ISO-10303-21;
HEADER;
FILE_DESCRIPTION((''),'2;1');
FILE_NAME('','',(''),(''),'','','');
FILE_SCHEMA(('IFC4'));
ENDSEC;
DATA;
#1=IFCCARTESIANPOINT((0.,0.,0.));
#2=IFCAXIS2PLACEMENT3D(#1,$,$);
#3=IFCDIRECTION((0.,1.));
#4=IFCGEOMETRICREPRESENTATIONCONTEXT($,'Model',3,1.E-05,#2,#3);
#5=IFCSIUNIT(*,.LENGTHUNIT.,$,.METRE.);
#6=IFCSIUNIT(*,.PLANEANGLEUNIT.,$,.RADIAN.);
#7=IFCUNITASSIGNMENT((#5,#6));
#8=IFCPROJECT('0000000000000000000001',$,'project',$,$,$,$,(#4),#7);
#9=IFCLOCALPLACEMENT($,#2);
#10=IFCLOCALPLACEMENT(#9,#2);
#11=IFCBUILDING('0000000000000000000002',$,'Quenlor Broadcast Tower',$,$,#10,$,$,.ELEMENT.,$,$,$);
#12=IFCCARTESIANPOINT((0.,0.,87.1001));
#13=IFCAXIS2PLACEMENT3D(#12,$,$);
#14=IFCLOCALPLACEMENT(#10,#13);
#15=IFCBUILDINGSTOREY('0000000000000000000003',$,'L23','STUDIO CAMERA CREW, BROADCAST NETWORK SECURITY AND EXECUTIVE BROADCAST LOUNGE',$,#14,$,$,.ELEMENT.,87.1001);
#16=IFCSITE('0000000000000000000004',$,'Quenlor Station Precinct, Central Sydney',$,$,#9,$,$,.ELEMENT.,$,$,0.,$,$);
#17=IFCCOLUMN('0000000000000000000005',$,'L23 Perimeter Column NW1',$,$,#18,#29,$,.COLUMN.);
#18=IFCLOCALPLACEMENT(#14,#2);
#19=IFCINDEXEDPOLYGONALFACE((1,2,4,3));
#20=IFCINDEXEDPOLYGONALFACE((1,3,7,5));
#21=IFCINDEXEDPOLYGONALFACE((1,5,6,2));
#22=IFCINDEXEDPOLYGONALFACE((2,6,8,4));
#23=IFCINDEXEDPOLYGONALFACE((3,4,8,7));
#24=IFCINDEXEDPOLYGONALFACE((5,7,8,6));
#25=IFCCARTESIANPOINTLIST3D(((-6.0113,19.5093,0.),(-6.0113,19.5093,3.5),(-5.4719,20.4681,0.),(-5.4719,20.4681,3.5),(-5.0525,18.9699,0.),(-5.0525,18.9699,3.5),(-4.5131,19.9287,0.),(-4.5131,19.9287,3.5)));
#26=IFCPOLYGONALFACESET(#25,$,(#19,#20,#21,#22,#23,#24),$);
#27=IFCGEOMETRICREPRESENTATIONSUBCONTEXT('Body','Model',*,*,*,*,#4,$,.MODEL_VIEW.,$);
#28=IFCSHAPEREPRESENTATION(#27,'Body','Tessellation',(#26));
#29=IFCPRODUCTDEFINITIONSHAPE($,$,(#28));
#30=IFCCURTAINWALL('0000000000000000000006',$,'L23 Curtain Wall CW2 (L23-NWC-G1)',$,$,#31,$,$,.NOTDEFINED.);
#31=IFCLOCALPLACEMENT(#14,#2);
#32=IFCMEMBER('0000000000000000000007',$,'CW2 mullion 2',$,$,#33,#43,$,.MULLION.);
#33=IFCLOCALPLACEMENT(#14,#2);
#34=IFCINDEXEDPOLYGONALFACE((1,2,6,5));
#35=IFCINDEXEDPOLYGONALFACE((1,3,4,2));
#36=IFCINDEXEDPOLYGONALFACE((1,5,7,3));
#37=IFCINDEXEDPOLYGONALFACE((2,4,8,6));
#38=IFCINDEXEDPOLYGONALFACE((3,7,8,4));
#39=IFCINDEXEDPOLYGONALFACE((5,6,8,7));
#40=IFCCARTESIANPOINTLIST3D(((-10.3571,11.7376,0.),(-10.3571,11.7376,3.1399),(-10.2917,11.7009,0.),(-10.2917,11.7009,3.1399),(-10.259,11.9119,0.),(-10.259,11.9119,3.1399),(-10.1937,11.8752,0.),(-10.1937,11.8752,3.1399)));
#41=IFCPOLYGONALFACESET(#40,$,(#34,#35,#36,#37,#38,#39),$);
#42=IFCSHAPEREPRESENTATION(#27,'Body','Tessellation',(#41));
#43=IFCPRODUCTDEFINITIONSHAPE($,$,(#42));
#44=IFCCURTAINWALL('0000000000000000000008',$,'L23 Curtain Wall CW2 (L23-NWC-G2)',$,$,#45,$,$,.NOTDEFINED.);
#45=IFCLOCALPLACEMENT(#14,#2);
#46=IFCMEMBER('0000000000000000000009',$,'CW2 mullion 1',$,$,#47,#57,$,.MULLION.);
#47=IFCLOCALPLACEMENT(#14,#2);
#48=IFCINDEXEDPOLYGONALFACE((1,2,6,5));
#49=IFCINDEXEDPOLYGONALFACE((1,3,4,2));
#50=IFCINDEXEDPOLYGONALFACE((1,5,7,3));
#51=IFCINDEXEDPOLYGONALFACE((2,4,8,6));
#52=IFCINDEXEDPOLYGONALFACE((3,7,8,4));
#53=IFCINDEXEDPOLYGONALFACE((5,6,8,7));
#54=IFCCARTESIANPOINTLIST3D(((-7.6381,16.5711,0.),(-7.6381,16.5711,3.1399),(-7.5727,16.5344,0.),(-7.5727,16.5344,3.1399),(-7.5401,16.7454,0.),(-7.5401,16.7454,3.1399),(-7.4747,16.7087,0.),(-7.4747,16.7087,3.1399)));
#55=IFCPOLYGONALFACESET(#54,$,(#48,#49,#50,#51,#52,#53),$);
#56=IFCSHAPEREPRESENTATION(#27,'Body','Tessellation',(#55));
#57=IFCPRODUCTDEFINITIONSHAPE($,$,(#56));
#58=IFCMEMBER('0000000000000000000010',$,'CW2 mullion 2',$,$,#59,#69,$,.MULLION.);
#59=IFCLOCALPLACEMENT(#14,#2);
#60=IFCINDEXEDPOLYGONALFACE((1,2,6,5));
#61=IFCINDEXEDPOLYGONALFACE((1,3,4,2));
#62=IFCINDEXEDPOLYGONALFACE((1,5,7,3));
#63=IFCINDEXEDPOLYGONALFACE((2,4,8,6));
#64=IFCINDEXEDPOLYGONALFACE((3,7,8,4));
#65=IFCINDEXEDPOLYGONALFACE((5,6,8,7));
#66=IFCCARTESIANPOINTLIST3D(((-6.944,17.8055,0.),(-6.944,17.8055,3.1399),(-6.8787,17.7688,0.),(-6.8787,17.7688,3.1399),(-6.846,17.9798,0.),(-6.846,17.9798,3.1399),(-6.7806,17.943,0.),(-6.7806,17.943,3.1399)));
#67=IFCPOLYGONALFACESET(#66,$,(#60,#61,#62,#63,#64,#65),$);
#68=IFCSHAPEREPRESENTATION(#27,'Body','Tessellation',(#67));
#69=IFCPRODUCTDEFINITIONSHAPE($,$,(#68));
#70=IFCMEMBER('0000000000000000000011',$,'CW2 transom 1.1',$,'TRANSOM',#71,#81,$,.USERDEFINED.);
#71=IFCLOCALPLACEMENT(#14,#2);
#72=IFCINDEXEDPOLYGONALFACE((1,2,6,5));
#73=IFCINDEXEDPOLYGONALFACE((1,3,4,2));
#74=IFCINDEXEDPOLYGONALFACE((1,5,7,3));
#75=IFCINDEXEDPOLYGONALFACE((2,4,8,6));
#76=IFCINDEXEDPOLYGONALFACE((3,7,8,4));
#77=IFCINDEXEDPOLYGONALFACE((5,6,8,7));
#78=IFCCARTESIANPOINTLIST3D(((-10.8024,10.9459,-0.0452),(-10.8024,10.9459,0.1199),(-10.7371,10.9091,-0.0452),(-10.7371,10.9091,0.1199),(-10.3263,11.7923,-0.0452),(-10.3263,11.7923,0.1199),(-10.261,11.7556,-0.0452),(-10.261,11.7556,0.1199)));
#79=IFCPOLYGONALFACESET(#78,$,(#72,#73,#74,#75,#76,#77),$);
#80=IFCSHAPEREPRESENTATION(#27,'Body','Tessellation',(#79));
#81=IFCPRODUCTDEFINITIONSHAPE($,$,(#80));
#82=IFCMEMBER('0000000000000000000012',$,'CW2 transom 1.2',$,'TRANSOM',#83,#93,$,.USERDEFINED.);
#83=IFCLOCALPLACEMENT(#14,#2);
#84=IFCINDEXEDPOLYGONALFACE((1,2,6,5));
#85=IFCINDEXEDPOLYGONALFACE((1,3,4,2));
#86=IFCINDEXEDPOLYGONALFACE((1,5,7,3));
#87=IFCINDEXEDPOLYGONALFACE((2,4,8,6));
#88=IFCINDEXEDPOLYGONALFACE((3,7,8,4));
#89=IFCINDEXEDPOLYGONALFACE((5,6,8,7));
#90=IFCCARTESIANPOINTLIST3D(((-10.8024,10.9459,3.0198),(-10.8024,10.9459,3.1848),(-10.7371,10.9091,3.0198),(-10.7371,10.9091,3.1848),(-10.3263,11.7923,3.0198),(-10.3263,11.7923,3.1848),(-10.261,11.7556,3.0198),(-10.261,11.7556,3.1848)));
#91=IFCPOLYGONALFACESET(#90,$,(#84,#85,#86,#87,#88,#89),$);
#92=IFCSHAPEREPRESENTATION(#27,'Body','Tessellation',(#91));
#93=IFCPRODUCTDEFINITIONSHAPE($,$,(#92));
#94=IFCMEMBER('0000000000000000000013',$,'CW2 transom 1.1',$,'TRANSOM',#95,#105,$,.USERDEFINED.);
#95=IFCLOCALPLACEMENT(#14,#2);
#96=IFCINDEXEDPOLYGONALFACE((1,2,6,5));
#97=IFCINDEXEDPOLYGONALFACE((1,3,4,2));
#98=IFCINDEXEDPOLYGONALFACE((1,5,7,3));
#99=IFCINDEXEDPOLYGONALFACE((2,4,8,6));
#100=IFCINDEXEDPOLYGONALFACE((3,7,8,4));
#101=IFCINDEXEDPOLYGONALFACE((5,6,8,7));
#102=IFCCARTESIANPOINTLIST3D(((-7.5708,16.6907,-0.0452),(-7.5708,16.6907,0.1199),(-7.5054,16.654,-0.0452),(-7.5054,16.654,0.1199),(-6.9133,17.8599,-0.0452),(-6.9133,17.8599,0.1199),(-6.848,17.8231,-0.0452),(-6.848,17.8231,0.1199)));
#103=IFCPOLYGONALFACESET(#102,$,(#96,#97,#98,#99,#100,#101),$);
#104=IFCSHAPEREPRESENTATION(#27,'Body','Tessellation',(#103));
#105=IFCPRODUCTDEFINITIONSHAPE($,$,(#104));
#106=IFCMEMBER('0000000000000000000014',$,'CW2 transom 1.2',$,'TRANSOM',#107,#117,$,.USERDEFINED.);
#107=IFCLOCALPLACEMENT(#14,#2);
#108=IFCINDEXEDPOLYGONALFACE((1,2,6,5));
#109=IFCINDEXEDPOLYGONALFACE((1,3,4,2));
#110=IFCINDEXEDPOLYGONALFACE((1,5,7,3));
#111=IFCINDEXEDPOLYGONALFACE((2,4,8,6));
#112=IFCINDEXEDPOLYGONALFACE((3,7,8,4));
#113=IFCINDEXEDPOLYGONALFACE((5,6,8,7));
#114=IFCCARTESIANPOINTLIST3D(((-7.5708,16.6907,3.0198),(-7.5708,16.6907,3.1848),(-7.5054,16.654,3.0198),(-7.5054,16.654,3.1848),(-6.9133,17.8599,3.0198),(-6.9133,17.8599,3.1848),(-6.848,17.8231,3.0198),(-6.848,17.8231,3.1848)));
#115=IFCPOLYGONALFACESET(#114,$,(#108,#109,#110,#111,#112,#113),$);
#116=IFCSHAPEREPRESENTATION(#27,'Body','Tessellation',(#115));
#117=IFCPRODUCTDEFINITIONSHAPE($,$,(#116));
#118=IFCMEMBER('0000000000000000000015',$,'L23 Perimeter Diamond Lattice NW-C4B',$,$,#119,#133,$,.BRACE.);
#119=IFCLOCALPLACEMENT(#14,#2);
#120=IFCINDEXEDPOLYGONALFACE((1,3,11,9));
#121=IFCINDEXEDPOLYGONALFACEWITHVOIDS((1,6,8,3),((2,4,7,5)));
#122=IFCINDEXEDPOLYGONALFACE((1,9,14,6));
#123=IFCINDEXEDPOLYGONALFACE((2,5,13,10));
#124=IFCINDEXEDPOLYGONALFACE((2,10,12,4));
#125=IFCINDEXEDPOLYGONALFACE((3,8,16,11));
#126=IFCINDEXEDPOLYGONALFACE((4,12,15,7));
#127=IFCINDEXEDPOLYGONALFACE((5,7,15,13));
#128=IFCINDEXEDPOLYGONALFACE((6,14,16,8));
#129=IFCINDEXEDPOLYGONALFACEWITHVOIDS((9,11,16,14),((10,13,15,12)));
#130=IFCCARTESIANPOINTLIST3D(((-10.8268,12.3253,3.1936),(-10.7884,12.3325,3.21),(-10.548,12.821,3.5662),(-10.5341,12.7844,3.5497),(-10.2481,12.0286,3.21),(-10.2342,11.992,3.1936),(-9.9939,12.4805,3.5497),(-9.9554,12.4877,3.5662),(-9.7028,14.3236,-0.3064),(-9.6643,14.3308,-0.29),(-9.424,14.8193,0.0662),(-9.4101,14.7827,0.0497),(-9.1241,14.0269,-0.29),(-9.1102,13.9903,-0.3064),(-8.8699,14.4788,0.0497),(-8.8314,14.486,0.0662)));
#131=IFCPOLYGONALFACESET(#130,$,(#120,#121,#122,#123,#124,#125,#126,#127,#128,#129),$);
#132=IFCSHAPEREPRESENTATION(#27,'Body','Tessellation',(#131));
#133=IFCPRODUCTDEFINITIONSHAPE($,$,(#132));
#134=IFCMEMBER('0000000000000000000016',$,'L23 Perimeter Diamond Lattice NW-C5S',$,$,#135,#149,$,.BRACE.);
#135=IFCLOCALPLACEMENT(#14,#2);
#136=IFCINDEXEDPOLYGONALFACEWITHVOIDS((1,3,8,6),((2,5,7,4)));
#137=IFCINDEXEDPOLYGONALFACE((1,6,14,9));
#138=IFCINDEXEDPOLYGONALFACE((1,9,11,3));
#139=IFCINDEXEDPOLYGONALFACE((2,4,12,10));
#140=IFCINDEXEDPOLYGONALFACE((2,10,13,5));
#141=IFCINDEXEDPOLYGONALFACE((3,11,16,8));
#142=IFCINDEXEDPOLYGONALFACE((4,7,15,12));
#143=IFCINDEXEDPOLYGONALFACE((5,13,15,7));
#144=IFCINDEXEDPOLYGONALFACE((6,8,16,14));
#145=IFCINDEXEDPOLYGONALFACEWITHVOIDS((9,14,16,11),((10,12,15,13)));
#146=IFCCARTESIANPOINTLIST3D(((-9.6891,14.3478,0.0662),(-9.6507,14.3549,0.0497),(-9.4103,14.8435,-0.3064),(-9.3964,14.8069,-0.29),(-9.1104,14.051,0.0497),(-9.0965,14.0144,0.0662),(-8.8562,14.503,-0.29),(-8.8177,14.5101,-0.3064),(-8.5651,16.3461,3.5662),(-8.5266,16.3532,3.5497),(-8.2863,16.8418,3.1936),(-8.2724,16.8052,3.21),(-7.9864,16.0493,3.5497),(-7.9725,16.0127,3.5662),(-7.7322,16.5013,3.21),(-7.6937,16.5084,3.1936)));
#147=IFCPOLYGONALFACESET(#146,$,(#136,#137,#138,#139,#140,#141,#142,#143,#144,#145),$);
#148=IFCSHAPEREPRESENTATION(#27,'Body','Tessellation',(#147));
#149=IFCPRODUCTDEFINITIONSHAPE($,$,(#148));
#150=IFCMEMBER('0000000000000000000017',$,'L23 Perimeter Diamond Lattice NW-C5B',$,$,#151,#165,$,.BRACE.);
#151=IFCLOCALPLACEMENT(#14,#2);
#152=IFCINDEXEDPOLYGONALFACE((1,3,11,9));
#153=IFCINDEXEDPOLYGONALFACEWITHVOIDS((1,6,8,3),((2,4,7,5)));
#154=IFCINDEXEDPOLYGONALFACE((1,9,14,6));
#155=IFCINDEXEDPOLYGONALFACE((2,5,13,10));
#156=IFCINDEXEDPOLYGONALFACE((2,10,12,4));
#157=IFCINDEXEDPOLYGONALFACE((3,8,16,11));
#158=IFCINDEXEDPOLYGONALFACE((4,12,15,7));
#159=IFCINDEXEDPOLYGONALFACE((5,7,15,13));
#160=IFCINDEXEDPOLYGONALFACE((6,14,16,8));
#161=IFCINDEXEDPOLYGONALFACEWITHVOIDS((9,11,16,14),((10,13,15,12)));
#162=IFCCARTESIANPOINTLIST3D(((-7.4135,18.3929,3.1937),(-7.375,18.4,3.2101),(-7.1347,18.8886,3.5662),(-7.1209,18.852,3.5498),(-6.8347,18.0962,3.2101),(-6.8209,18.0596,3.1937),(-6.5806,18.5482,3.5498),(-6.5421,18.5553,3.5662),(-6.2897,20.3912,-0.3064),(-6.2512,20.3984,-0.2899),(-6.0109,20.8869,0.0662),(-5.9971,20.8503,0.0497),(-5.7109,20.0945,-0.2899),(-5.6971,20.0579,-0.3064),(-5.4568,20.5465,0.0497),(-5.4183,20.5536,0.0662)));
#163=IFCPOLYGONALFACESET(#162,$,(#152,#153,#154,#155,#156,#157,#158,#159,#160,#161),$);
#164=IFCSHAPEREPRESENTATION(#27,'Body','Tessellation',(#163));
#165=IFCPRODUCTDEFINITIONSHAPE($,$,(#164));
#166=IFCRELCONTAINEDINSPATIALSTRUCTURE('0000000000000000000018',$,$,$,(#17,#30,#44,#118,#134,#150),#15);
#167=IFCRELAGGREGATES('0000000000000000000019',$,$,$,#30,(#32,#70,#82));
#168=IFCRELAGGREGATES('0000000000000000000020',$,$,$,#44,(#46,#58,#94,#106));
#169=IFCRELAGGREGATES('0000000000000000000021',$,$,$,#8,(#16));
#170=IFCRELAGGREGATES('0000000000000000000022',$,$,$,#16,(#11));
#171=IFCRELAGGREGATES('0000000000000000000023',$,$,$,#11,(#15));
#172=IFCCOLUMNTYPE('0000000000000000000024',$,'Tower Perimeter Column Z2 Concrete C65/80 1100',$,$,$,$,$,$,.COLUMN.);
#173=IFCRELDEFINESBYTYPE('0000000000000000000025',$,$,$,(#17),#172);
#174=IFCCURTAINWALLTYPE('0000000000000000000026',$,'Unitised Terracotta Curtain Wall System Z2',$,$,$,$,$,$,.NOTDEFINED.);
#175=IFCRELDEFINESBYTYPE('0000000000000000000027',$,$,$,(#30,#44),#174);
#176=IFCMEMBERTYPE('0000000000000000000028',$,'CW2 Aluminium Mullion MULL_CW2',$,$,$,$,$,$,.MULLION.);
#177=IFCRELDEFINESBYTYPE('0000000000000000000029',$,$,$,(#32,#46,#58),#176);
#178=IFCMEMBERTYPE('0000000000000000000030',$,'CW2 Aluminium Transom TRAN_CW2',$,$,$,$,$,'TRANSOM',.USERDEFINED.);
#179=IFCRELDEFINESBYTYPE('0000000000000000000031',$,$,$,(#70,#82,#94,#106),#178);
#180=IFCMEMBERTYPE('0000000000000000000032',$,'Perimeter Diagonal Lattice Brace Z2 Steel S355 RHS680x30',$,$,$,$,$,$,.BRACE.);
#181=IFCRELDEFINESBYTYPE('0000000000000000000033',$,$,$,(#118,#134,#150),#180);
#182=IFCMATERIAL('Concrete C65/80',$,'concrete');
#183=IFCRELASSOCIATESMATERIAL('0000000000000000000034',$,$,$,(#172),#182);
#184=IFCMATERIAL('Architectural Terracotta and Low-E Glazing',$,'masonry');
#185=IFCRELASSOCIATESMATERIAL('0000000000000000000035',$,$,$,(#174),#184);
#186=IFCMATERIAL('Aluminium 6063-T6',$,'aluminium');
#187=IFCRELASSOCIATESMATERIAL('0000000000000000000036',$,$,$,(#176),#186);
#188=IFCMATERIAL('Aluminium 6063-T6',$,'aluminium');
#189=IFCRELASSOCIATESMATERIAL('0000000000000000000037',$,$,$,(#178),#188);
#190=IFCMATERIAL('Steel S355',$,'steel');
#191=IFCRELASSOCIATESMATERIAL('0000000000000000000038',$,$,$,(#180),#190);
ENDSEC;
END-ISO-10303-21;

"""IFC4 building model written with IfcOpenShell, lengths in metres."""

from ifc_helpers import new_model, si_unit, direction, frame, origin, origin_2d, place, context, subcontext, project, spatial, rectangle, hollow_rectangle, extrude, material, material_profile, profile_set, type_object, element, aggregate, save


model = new_model("IFC4")

# Units and contexts
model_context = context("Model", 3, precision=1e-05, world=origin(), true_north=direction((0.0, 1.0)))
body_context = subcontext(model_context, "Body", "Model", "MODEL_VIEW")
ifc_project = project(units=[si_unit("LENGTHUNIT", "METRE"), si_unit("PLANEANGLEUNIT", "RADIAN")], contexts=[model_context])

# Site, building, storey
site_placement = place(None, origin())
site = spatial("IfcSite", under=ifc_project, at=site_placement, Name="Quenlor Station Precinct, Central Sydney", CompositionType="ELEMENT", RefElevation=0.0)
building_placement = place(site_placement, origin())
building = spatial("IfcBuilding", under=site, at=building_placement, Name="Quenlor Broadcast Tower", CompositionType="ELEMENT")
storey_placement = place(building_placement, frame((0.0, 0.0, 87.1001)))
storey = spatial("IfcBuildingStorey", under=building, at=storey_placement, Name="L23", Description="STUDIO CAMERA CREW, BROADCAST NETWORK SECURITY AND EXECUTIVE BROADCAST LOUNGE", CompositionType="ELEMENT", Elevation=87.1001)

# Column
ifc_material_1 = material(Name="Concrete C65/80", Category="concrete")
ifc_material_profile_1 = material_profile(ifc_material_1, rectangle(XDim=1.1001, YDim=1.1001, at=origin_2d()))
ifc_profile_set_1 = profile_set([ifc_material_profile_1], Name="Concrete C65/80 RC1100x1100")
column_type = type_object("IfcColumnType", Name="Tower Perimeter Column Z2 Concrete C65/80 1100", PredefinedType="COLUMN", material=ifc_profile_set_1)
column_placement = place(storey_placement, frame((-5.2622, 19.719, 0.0), z_axis=(0.0, 0.0, 1.0), x_axis=(-0.871575, 0.490262, 0.0)))
element("IfcColumn", 1, at=column_placement, inside=storey, type_object=column_type, Name="L23 Perimeter Column NW1", PredefinedType="COLUMN", context=body_context, shape_type="SweptSolid", body=[
    extrude(rectangle(XDim=1.1001, YDim=1.1001, at=origin_2d()), origin(), (0.0, 0.0, 1.0), 3.5),
])

# Curtain wall, member
ifc_material_2 = material(Name="Architectural Terracotta and Low-E Glazing", Category="masonry")
curtain_wall_type = type_object("IfcCurtainWallType", Name="Unitised Terracotta Curtain Wall System Z2", PredefinedType="NOTDEFINED", material=ifc_material_2)
curtain_wall_1_placement = place(storey_placement, origin())
curtain_wall_1 = element("IfcCurtainWall", 2, at=curtain_wall_1_placement, inside=storey, type_object=curtain_wall_type, Name="L23 Curtain Wall CW2 (L23-NWC-G1)", PredefinedType="NOTDEFINED")
ifc_material_3 = material(Name="Aluminium 6063-T6", Category="aluminium")
ifc_material_profile_2 = material_profile(ifc_material_3, rectangle(XDim=0.075, YDim=0.2, at=origin_2d()))
ifc_profile_set_2 = profile_set([ifc_material_profile_2], Name="Aluminium 6063-T6 MULL75x200")
member_type_1 = type_object("IfcMemberType", Name="CW2 Aluminium Mullion MULL_CW2", PredefinedType="MULLION", material=ifc_profile_set_2)
member_1_placement = place(storey_placement, frame((-10.2754, 11.8064, 0.0), z_axis=(0.0, 0.0, 1.0), x_axis=(-0.871583, 0.490249, 0.0)))
member_1 = element("IfcMember", 3, at=member_1_placement, type_object=member_type_1, Name="CW2 mullion 2", PredefinedType="MULLION", context=body_context, shape_type="SweptSolid", body=[
    extrude(rectangle(XDim=0.075, YDim=0.2, at=origin_2d()), origin(), (0.0, 0.0, 1.0), 3.1399),
])

# Curtain wall, members
curtain_wall_2_placement = place(storey_placement, origin())
curtain_wall_2 = element("IfcCurtainWall", 4, at=curtain_wall_2_placement, inside=storey, type_object=curtain_wall_type, Name="L23 Curtain Wall CW2 (L23-NWC-G2)", PredefinedType="NOTDEFINED")
member_2_placement = place(storey_placement, frame((-7.5564, 16.6399, 0.0), z_axis=(0.0, 0.0, 1.0), x_axis=(-0.871602, 0.490213, 0.0)))
member_2 = element("IfcMember", 5, at=member_2_placement, type_object=member_type_1, Name="CW2 mullion 1", PredefinedType="MULLION", context=body_context, shape_type="SweptSolid", body=[
    extrude(rectangle(XDim=0.075, YDim=0.2, at=origin_2d()), origin(), (0.0, 0.0, 1.0), 3.1399),
])
member_3_placement = place(storey_placement, frame((-6.8623, 17.8743, 0.0), z_axis=(0.0, 0.0, 1.0), x_axis=(-0.871602, 0.490213, 0.0)))
member_3 = element("IfcMember", 6, at=member_3_placement, type_object=member_type_1, Name="CW2 mullion 2", PredefinedType="MULLION", context=body_context, shape_type="SweptSolid", body=[
    extrude(rectangle(XDim=0.075, YDim=0.2, at=origin_2d()), origin(), (0.0, 0.0, 1.0), 3.1399),
])

# Members
ifc_material_4 = material(Name="Aluminium 6063-T6", Category="aluminium")
ifc_material_profile_3 = material_profile(ifc_material_4, rectangle(XDim=0.075, YDim=0.165, at=origin_2d()))
ifc_profile_set_3 = profile_set([ifc_material_profile_3], Name="Aluminium 6063-T6 TRAN75x165")
member_type_2 = type_object("IfcMemberType", Name="CW2 Aluminium Transom TRAN_CW2", ElementType="TRANSOM", PredefinedType="USERDEFINED", material=ifc_profile_set_3)
member_4_placement = place(storey_placement, frame((-10.7698, 10.9275, 0.0374), z_axis=(0.490225, 0.871596, 0.0), x_axis=(-0.871596, 0.490225, 0.0)))
member_4 = element("IfcMember", 7, at=member_4_placement, type_object=member_type_2, Name="CW2 transom 1.1", ObjectType="TRANSOM", PredefinedType="USERDEFINED", context=body_context, shape_type="SweptSolid", body=[
    extrude(rectangle(XDim=0.075, YDim=0.165, at=origin_2d()), origin(), (0.0, 0.0, 1.0), 0.9712),
])
member_5_placement = place(storey_placement, frame((-10.7698, 10.9275, 3.1023), z_axis=(0.490225, 0.871596, 0.0), x_axis=(-0.871596, 0.490225, 0.0)))
member_5 = element("IfcMember", 8, at=member_5_placement, type_object=member_type_2, Name="CW2 transom 1.2", ObjectType="TRANSOM", PredefinedType="USERDEFINED", context=body_context, shape_type="SweptSolid", body=[
    extrude(rectangle(XDim=0.075, YDim=0.165, at=origin_2d()), origin(), (0.0, 0.0, 1.0), 0.9712),
])
member_6_placement = place(storey_placement, frame((-7.5381, 16.6724, 0.0374), z_axis=(0.490149, 0.871639, 0.0), x_axis=(-0.871639, 0.490149, 0.0)))
member_6 = element("IfcMember", 9, at=member_6_placement, type_object=member_type_2, Name="CW2 transom 1.1", ObjectType="TRANSOM", PredefinedType="USERDEFINED", context=body_context, shape_type="SweptSolid", body=[
    extrude(rectangle(XDim=0.075, YDim=0.165, at=origin_2d()), origin(), (0.0, 0.0, 1.0), 1.3413),
])
member_7_placement = place(storey_placement, frame((-7.5381, 16.6724, 3.1023), z_axis=(0.490149, 0.871639, 0.0), x_axis=(-0.871639, 0.490149, 0.0)))
member_7 = element("IfcMember", 10, at=member_7_placement, type_object=member_type_2, Name="CW2 transom 1.2", ObjectType="TRANSOM", PredefinedType="USERDEFINED", context=body_context, shape_type="SweptSolid", body=[
    extrude(rectangle(XDim=0.075, YDim=0.165, at=origin_2d()), origin(), (0.0, 0.0, 1.0), 1.3413),
])

# Members
ifc_material_5 = material(Name="Steel S355", Category="steel")
ifc_material_profile_4 = material_profile(ifc_material_5, hollow_rectangle(XDim=0.6799, YDim=0.6799, WallThickness=0.03, at=origin_2d()))
ifc_profile_set_4 = profile_set([ifc_material_profile_4], Name="Steel S355 RHS680x680x30")
member_type_3 = type_object("IfcMemberType", Name="Perimeter Diagonal Lattice Brace Z2 Steel S355 RHS680x30", PredefinedType="BRACE", material=ifc_profile_set_4)
for number, where, z_axis, x_axis, name in (
    (11, (-9.2671, 14.4048, -0.1201), (-0.268642, -0.477593, 0.836502), (0.871578, -0.490256, 0.0), "L23 Perimeter Diamond Lattice NW-C4B"),
    (12, (-9.2534, 14.429, -0.1201), (0.268642, 0.477593, 0.836502), (-0.871578, 0.490256, 0.0), "L23 Perimeter Diamond Lattice NW-C5S"),
    (13, (-5.854, 20.4724, -0.1201), (-0.268588, -0.4776, 0.836516), (0.871624, -0.490175, 0.0), "L23 Perimeter Diamond Lattice NW-C5B"),
):
    element("IfcMember", number, at=place(storey_placement, frame(where, z_axis=z_axis, x_axis=x_axis)), inside=storey, type_object=member_type_3, Name=name, PredefinedType="BRACE", context=body_context, shape_type="SweptSolid", body=[
        extrude(hollow_rectangle(XDim=0.6799, YDim=0.6799, WallThickness=0.03, at=origin_2d()), origin(), (0.0, 0.0, 1.0), 4.1841),
    ])

aggregate(curtain_wall_1, [member_1, member_4, member_5])
aggregate(curtain_wall_2, [member_2, member_3, member_6, member_7])

save(model, "model.ifc")
